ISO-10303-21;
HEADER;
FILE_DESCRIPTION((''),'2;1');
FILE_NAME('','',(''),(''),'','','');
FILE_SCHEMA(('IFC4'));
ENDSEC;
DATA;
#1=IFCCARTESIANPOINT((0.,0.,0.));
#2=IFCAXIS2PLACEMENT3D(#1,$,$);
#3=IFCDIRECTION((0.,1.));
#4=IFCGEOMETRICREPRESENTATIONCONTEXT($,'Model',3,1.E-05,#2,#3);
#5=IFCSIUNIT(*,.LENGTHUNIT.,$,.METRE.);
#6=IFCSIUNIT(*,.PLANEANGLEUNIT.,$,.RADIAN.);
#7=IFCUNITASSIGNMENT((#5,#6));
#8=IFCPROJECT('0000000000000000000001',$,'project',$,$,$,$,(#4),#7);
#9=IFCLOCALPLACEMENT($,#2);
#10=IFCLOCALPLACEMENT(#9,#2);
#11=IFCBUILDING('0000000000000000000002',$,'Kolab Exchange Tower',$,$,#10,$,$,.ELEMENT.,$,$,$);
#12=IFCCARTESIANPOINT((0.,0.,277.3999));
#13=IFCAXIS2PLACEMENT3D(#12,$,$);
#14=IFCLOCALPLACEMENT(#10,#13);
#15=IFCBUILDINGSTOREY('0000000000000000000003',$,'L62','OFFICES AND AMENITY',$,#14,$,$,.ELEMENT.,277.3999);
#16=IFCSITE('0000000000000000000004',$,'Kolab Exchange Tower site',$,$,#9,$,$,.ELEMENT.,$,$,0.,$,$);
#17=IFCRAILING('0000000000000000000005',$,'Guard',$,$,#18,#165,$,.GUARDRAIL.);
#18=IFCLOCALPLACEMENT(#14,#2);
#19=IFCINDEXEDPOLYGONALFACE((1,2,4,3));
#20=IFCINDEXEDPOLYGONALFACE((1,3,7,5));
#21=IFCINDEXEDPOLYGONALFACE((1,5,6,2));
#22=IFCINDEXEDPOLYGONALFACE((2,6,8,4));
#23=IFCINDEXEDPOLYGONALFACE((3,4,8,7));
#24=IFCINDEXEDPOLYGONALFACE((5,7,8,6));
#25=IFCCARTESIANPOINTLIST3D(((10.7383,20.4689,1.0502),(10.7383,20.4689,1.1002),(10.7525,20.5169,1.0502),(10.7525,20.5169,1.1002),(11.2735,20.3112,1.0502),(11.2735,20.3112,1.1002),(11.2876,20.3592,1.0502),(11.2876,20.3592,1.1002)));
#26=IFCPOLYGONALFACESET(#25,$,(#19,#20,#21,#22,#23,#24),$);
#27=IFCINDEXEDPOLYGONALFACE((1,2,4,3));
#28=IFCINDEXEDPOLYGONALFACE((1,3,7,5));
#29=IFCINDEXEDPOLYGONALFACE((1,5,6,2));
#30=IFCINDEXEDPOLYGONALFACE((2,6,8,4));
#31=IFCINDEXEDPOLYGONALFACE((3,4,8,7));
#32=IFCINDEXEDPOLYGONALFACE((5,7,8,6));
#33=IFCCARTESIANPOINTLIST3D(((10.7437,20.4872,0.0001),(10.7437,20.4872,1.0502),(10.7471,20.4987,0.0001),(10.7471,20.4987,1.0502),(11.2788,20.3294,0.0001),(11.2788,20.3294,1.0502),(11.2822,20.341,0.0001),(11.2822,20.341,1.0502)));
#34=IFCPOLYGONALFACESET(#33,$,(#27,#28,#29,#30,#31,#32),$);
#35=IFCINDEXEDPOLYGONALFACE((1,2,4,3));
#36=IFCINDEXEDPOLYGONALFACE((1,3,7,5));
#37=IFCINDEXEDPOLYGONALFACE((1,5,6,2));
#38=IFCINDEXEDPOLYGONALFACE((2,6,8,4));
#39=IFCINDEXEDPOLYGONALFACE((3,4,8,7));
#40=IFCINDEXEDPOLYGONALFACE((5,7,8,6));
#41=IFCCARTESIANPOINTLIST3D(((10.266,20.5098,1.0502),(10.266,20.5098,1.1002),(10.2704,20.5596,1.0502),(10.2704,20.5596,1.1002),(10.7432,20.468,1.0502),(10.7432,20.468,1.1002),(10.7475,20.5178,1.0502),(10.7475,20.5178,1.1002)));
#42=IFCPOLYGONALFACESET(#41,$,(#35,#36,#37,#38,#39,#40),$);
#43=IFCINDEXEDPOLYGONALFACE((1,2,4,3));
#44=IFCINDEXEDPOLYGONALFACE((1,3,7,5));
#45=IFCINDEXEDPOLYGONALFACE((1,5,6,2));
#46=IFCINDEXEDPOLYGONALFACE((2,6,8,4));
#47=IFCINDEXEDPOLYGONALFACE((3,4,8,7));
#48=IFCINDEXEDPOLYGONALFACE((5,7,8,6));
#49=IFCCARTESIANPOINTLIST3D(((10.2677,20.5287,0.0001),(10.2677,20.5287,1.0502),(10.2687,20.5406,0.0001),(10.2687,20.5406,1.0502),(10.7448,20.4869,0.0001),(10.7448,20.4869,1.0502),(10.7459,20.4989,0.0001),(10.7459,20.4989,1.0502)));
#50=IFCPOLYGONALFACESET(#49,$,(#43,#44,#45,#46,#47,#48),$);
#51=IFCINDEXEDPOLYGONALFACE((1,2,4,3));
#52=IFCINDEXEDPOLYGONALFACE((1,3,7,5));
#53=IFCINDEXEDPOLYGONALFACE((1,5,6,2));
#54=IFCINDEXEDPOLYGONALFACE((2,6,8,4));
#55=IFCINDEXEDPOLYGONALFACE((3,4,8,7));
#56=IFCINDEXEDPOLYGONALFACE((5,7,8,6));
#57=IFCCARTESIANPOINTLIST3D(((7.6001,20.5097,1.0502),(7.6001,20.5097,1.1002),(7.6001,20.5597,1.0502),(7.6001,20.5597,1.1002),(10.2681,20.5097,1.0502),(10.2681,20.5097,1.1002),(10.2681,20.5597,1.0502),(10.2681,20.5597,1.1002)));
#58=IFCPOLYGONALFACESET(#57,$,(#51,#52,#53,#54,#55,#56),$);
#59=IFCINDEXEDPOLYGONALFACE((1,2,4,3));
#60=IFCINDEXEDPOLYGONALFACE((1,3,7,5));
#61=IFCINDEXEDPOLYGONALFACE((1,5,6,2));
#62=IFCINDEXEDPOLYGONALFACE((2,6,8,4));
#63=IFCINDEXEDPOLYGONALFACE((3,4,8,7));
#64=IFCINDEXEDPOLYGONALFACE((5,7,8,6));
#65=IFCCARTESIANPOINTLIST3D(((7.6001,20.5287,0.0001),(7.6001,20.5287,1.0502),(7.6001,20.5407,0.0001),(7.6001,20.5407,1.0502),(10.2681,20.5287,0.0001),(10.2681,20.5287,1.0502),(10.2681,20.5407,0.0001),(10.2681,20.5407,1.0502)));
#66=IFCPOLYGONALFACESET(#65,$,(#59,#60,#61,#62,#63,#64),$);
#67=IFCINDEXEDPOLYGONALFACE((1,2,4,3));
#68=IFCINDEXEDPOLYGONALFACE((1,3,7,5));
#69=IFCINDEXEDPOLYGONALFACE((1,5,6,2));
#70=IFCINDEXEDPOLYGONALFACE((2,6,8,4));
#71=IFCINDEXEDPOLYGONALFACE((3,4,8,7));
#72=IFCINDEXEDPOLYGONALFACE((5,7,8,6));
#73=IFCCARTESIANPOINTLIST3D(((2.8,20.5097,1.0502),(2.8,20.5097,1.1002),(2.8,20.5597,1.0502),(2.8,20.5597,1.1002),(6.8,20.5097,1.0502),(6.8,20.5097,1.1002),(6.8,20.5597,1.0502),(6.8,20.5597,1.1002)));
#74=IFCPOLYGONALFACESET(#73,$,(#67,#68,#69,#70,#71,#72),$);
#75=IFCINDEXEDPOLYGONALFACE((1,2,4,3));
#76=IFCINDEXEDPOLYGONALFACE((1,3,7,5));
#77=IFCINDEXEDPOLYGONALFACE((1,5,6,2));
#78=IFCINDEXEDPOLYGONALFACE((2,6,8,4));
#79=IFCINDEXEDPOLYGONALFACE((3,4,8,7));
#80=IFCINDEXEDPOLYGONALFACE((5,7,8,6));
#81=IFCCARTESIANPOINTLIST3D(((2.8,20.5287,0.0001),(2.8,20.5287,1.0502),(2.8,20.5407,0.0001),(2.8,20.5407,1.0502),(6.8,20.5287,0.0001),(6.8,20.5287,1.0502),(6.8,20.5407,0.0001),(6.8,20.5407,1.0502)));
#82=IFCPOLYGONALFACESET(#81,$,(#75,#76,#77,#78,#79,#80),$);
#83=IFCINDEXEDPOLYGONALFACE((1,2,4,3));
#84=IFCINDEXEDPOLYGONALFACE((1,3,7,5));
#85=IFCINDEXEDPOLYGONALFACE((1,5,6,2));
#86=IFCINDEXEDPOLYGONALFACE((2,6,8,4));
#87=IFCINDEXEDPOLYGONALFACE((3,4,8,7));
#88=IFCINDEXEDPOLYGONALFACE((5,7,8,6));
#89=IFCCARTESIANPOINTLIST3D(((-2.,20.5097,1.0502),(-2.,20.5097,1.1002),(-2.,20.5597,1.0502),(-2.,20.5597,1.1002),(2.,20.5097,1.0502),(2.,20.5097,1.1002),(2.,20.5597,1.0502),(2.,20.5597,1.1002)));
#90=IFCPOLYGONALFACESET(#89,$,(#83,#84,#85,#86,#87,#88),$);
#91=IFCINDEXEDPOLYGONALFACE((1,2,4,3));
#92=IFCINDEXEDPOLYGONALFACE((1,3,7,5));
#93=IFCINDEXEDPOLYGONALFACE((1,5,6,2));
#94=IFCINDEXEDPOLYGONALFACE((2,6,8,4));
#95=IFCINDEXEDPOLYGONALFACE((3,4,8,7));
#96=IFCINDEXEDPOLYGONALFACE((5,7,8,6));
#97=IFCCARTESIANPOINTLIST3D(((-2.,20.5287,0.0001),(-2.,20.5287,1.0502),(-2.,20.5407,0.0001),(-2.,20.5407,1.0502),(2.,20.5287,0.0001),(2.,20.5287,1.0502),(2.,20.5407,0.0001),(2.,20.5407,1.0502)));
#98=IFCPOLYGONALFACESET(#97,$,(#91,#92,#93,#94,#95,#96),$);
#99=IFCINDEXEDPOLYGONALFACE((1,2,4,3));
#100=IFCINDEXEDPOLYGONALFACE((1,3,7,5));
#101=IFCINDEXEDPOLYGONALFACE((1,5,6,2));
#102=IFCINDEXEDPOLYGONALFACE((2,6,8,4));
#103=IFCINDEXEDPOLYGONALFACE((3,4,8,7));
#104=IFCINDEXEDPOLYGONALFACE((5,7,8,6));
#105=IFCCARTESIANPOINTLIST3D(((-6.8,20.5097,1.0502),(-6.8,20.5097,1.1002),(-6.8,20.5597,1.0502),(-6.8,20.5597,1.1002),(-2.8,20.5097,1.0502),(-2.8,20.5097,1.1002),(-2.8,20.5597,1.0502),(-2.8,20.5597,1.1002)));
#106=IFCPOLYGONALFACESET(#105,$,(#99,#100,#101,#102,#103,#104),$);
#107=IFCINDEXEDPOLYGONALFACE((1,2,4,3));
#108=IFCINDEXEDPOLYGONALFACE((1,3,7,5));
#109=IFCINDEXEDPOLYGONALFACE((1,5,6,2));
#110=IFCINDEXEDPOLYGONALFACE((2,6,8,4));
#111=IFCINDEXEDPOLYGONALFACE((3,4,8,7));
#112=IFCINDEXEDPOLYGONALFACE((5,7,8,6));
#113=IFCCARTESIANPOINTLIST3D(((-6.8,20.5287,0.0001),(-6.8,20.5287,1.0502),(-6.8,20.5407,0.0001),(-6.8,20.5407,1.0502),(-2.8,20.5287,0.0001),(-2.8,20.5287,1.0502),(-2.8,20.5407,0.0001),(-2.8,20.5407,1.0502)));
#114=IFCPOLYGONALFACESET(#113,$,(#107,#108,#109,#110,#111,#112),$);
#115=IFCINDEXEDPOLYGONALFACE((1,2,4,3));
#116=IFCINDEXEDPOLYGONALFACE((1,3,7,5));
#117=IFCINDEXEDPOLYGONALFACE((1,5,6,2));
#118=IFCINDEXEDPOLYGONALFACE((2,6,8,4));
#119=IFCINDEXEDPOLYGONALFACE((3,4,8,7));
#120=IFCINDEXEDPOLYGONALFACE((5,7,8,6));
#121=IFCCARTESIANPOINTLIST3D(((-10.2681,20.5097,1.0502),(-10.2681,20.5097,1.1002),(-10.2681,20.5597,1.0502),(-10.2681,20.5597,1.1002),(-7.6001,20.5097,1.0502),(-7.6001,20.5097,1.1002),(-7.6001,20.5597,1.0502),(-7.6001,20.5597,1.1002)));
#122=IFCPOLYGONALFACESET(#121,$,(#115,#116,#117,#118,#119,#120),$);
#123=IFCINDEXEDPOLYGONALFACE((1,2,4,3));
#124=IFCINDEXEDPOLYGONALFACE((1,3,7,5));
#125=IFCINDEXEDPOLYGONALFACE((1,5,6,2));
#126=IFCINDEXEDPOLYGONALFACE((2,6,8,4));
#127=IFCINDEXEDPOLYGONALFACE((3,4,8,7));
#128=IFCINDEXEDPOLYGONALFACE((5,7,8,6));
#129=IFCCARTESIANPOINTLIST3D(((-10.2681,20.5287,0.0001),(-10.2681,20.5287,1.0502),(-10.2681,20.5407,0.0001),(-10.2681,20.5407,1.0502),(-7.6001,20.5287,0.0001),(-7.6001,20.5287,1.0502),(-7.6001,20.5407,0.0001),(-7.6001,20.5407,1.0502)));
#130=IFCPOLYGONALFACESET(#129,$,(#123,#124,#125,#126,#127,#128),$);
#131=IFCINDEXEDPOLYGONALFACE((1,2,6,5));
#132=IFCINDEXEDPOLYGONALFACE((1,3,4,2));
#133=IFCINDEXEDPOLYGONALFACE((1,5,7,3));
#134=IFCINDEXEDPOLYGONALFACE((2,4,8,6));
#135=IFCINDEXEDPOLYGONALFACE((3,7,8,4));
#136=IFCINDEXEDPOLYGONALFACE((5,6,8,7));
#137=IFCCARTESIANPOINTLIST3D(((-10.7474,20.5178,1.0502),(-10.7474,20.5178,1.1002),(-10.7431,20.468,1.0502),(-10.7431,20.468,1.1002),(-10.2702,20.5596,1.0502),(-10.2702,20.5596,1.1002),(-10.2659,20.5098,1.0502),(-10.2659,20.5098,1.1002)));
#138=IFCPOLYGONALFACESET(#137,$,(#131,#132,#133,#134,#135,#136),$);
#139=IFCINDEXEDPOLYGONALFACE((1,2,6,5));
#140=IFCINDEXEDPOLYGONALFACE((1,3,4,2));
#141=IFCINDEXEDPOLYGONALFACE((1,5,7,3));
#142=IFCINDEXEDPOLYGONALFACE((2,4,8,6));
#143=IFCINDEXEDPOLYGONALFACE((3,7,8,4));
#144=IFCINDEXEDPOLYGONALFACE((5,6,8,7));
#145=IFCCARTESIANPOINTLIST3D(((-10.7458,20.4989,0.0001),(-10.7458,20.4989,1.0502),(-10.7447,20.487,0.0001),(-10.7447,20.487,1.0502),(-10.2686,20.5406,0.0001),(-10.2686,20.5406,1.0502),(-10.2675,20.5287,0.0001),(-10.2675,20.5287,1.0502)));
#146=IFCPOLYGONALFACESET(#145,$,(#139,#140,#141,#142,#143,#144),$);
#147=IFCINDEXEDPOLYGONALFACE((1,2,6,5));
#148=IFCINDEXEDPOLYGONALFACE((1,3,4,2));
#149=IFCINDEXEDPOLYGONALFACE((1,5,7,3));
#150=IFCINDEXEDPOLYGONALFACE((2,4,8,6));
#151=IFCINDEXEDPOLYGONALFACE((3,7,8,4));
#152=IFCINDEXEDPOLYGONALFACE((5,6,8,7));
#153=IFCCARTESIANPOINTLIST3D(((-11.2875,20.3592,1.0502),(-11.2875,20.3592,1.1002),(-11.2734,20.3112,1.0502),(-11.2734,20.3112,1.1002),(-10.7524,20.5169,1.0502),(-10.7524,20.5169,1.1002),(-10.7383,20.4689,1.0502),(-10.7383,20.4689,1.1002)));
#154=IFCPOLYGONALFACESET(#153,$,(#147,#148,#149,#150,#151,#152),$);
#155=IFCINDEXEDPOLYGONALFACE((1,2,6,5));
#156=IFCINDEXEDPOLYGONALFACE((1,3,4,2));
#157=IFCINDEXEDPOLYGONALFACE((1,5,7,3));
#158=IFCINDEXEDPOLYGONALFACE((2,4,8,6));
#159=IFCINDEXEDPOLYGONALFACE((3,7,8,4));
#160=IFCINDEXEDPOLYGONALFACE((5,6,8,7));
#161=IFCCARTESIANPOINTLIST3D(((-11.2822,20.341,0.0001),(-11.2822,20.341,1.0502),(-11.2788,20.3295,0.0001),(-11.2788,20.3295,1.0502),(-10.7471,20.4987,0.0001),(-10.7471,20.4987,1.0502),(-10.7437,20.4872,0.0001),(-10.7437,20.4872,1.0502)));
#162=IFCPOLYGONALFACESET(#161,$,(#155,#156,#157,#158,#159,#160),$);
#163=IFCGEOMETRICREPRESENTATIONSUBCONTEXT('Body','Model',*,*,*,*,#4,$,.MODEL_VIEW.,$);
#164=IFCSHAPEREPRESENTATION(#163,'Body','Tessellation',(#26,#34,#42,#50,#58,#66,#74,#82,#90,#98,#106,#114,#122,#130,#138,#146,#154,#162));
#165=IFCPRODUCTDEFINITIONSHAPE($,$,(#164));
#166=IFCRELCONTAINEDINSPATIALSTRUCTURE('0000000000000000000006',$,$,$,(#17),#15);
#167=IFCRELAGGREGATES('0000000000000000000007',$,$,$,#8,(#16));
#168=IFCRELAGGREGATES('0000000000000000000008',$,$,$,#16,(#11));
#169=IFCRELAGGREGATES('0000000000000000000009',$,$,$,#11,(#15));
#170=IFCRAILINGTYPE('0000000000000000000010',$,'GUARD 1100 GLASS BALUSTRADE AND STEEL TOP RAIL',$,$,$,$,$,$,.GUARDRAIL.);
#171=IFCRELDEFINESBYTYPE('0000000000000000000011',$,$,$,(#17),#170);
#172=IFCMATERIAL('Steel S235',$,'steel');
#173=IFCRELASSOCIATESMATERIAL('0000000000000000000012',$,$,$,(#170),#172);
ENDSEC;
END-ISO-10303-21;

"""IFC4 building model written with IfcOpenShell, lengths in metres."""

from ifc_helpers import new_model, si_unit, direction, frame, frame_2d, origin, origin_2d, place, context, subcontext, project, spatial, rectangle, extrude, material, type_object, element, save


model = new_model("IFC4")

# Units and contexts
model_context = context("Model", 3, precision=1e-05, world=origin(), true_north=direction((0.0, 1.0)))
body_context = subcontext(model_context, "Body", "Model", "MODEL_VIEW")
ifc_project = project(units=[si_unit("LENGTHUNIT", "METRE"), si_unit("PLANEANGLEUNIT", "RADIAN")], contexts=[model_context])

# Site, building, storey
site_placement = place(None, origin())
site = spatial("IfcSite", under=ifc_project, at=site_placement, Name="Kolab Exchange Tower site", CompositionType="ELEMENT", RefElevation=0.0)
building_placement = place(site_placement, origin())
building = spatial("IfcBuilding", under=site, at=building_placement, Name="Kolab Exchange Tower", CompositionType="ELEMENT")
storey_placement = place(building_placement, frame((0.0, 0.0, 277.3999)))
storey = spatial("IfcBuildingStorey", under=building, at=storey_placement, Name="L62", Description="OFFICES AND AMENITY", CompositionType="ELEMENT", Elevation=277.3999)

# Railing
ifc_material_1 = material(Name="Steel S235", Category="steel")
railing_type = type_object("IfcRailingType", Name="GUARD 1100 GLASS BALUSTRADE AND STEEL TOP RAIL", PredefinedType="GUARDRAIL", material=ifc_material_1)
railing_placement = place(storey_placement, frame((11.2805, 20.3352, 0.0)))
element("IfcRailing", 1, at=railing_placement, inside=storey, type_object=railing_type, Name="Guard", PredefinedType="GUARDRAIL", context=body_context, shape_type="SweptSolid", body=[
    extrude(rectangle(XDim=0.05, YDim=0.05, at=origin_2d()), frame((0.0, 0.0, 1.0752), z_axis=(-0.959212, 0.282687, 0.0), x_axis=(-0.282687, -0.959212, 0.0)), (0.0, 0.0, 1.0), 0.5579),
    extrude(rectangle(XDim=0.012, YDim=1.0501, at=frame_2d((0.0, 0.5251))), frame((0.0, 0.0, 0.0), z_axis=(-0.959212, 0.282687, 0.0), x_axis=(-0.282687, -0.959212, 0.0)), (0.0, 0.0, 1.0), 0.5579),
    extrude(rectangle(XDim=0.05, YDim=0.05, at=origin_2d()), frame((-0.5352, 0.1577, 1.0752), z_axis=(-0.996196, 0.087135, 0.0), x_axis=(-0.087135, -0.996196, 0.0)), (0.0, 0.0, 1.0), 0.479),
    extrude(rectangle(XDim=0.012, YDim=1.0501, at=frame_2d((0.0, 0.5251))), frame((-0.5352, 0.1577, 0.0), z_axis=(-0.996196, 0.087135, 0.0), x_axis=(-0.087135, -0.996196, 0.0)), (0.0, 0.0, 1.0), 0.479),
    extrude(rectangle(XDim=0.05, YDim=0.05, at=origin_2d()), frame((-1.0125, 0.1995, 1.0752), z_axis=(-1.0, 0.0, 0.0), x_axis=(0.0, -1.0, 0.0)), (0.0, 0.0, 1.0), 2.668),
    extrude(rectangle(XDim=0.012, YDim=1.0501, at=frame_2d((0.0, 0.5251))), frame((-1.0125, 0.1995, 0.0), z_axis=(-1.0, 0.0, 0.0), x_axis=(0.0, -1.0, 0.0)), (0.0, 0.0, 1.0), 2.668),
    extrude(rectangle(XDim=0.05, YDim=0.05, at=origin_2d()), frame((-4.4805, 0.1995, 1.0752), z_axis=(-1.0, 0.0, 0.0), x_axis=(0.0, -1.0, 0.0)), (0.0, 0.0, 1.0), 4.0),
    extrude(rectangle(XDim=0.012, YDim=1.0501, at=frame_2d((0.0, 0.5251))), frame((-4.4805, 0.1995, 0.0), z_axis=(-1.0, 0.0, 0.0), x_axis=(0.0, -1.0, 0.0)), (0.0, 0.0, 1.0), 4.0),
    extrude(rectangle(XDim=0.05, YDim=0.05, at=origin_2d()), frame((-9.2805, 0.1995, 1.0752), z_axis=(-1.0, 0.0, 0.0), x_axis=(0.0, -1.0, 0.0)), (0.0, 0.0, 1.0), 4.0),
    extrude(rectangle(XDim=0.012, YDim=1.0501, at=frame_2d((0.0, 0.5251))), frame((-9.2805, 0.1995, 0.0), z_axis=(-1.0, 0.0, 0.0), x_axis=(0.0, -1.0, 0.0)), (0.0, 0.0, 1.0), 4.0),
    extrude(rectangle(XDim=0.05, YDim=0.05, at=origin_2d()), frame((-14.0806, 0.1995, 1.0752), z_axis=(-1.0, 0.0, 0.0), x_axis=(0.0, -1.0, 0.0)), (0.0, 0.0, 1.0), 4.0),
    extrude(rectangle(XDim=0.012, YDim=1.0501, at=frame_2d((0.0, 0.5251))), frame((-14.0806, 0.1995, 0.0), z_axis=(-1.0, 0.0, 0.0), x_axis=(0.0, -1.0, 0.0)), (0.0, 0.0, 1.0), 4.0),
    extrude(rectangle(XDim=0.05, YDim=0.05, at=origin_2d()), frame((-18.8806, 0.1995, 1.0752), z_axis=(-1.0, 0.0, 0.0), x_axis=(0.0, -1.0, 0.0)), (0.0, 0.0, 1.0), 2.668),
    extrude(rectangle(XDim=0.012, YDim=1.0501, at=frame_2d((0.0, 0.5251))), frame((-18.8806, 0.1995, 0.0), z_axis=(-1.0, 0.0, 0.0), x_axis=(0.0, -1.0, 0.0)), (0.0, 0.0, 1.0), 2.668),
    extrude(rectangle(XDim=0.05, YDim=0.05, at=origin_2d()), frame((-21.5486, 0.1995, 1.0752), z_axis=(-0.996196, -0.087135, 0.0), x_axis=(0.087135, -0.996196, 0.0)), (0.0, 0.0, 1.0), 0.479),
    extrude(rectangle(XDim=0.012, YDim=1.0501, at=frame_2d((0.0, 0.5251))), frame((-21.5486, 0.1995, 0.0), z_axis=(-0.996196, -0.087135, 0.0), x_axis=(0.087135, -0.996196, 0.0)), (0.0, 0.0, 1.0), 0.479),
    extrude(rectangle(XDim=0.05, YDim=0.05, at=origin_2d()), frame((-22.0259, 0.1577, 1.0752), z_axis=(-0.959212, -0.282687, 0.0), x_axis=(0.282687, -0.959212, 0.0)), (0.0, 0.0, 1.0), 0.5579),
    extrude(rectangle(XDim=0.012, YDim=1.0501, at=frame_2d((0.0, 0.5251))), frame((-22.0259, 0.1577, 0.0), z_axis=(-0.959212, -0.282687, 0.0), x_axis=(0.282687, -0.959212, 0.0)), (0.0, 0.0, 1.0), 0.5579),
])

save(model, "model.ifc")
